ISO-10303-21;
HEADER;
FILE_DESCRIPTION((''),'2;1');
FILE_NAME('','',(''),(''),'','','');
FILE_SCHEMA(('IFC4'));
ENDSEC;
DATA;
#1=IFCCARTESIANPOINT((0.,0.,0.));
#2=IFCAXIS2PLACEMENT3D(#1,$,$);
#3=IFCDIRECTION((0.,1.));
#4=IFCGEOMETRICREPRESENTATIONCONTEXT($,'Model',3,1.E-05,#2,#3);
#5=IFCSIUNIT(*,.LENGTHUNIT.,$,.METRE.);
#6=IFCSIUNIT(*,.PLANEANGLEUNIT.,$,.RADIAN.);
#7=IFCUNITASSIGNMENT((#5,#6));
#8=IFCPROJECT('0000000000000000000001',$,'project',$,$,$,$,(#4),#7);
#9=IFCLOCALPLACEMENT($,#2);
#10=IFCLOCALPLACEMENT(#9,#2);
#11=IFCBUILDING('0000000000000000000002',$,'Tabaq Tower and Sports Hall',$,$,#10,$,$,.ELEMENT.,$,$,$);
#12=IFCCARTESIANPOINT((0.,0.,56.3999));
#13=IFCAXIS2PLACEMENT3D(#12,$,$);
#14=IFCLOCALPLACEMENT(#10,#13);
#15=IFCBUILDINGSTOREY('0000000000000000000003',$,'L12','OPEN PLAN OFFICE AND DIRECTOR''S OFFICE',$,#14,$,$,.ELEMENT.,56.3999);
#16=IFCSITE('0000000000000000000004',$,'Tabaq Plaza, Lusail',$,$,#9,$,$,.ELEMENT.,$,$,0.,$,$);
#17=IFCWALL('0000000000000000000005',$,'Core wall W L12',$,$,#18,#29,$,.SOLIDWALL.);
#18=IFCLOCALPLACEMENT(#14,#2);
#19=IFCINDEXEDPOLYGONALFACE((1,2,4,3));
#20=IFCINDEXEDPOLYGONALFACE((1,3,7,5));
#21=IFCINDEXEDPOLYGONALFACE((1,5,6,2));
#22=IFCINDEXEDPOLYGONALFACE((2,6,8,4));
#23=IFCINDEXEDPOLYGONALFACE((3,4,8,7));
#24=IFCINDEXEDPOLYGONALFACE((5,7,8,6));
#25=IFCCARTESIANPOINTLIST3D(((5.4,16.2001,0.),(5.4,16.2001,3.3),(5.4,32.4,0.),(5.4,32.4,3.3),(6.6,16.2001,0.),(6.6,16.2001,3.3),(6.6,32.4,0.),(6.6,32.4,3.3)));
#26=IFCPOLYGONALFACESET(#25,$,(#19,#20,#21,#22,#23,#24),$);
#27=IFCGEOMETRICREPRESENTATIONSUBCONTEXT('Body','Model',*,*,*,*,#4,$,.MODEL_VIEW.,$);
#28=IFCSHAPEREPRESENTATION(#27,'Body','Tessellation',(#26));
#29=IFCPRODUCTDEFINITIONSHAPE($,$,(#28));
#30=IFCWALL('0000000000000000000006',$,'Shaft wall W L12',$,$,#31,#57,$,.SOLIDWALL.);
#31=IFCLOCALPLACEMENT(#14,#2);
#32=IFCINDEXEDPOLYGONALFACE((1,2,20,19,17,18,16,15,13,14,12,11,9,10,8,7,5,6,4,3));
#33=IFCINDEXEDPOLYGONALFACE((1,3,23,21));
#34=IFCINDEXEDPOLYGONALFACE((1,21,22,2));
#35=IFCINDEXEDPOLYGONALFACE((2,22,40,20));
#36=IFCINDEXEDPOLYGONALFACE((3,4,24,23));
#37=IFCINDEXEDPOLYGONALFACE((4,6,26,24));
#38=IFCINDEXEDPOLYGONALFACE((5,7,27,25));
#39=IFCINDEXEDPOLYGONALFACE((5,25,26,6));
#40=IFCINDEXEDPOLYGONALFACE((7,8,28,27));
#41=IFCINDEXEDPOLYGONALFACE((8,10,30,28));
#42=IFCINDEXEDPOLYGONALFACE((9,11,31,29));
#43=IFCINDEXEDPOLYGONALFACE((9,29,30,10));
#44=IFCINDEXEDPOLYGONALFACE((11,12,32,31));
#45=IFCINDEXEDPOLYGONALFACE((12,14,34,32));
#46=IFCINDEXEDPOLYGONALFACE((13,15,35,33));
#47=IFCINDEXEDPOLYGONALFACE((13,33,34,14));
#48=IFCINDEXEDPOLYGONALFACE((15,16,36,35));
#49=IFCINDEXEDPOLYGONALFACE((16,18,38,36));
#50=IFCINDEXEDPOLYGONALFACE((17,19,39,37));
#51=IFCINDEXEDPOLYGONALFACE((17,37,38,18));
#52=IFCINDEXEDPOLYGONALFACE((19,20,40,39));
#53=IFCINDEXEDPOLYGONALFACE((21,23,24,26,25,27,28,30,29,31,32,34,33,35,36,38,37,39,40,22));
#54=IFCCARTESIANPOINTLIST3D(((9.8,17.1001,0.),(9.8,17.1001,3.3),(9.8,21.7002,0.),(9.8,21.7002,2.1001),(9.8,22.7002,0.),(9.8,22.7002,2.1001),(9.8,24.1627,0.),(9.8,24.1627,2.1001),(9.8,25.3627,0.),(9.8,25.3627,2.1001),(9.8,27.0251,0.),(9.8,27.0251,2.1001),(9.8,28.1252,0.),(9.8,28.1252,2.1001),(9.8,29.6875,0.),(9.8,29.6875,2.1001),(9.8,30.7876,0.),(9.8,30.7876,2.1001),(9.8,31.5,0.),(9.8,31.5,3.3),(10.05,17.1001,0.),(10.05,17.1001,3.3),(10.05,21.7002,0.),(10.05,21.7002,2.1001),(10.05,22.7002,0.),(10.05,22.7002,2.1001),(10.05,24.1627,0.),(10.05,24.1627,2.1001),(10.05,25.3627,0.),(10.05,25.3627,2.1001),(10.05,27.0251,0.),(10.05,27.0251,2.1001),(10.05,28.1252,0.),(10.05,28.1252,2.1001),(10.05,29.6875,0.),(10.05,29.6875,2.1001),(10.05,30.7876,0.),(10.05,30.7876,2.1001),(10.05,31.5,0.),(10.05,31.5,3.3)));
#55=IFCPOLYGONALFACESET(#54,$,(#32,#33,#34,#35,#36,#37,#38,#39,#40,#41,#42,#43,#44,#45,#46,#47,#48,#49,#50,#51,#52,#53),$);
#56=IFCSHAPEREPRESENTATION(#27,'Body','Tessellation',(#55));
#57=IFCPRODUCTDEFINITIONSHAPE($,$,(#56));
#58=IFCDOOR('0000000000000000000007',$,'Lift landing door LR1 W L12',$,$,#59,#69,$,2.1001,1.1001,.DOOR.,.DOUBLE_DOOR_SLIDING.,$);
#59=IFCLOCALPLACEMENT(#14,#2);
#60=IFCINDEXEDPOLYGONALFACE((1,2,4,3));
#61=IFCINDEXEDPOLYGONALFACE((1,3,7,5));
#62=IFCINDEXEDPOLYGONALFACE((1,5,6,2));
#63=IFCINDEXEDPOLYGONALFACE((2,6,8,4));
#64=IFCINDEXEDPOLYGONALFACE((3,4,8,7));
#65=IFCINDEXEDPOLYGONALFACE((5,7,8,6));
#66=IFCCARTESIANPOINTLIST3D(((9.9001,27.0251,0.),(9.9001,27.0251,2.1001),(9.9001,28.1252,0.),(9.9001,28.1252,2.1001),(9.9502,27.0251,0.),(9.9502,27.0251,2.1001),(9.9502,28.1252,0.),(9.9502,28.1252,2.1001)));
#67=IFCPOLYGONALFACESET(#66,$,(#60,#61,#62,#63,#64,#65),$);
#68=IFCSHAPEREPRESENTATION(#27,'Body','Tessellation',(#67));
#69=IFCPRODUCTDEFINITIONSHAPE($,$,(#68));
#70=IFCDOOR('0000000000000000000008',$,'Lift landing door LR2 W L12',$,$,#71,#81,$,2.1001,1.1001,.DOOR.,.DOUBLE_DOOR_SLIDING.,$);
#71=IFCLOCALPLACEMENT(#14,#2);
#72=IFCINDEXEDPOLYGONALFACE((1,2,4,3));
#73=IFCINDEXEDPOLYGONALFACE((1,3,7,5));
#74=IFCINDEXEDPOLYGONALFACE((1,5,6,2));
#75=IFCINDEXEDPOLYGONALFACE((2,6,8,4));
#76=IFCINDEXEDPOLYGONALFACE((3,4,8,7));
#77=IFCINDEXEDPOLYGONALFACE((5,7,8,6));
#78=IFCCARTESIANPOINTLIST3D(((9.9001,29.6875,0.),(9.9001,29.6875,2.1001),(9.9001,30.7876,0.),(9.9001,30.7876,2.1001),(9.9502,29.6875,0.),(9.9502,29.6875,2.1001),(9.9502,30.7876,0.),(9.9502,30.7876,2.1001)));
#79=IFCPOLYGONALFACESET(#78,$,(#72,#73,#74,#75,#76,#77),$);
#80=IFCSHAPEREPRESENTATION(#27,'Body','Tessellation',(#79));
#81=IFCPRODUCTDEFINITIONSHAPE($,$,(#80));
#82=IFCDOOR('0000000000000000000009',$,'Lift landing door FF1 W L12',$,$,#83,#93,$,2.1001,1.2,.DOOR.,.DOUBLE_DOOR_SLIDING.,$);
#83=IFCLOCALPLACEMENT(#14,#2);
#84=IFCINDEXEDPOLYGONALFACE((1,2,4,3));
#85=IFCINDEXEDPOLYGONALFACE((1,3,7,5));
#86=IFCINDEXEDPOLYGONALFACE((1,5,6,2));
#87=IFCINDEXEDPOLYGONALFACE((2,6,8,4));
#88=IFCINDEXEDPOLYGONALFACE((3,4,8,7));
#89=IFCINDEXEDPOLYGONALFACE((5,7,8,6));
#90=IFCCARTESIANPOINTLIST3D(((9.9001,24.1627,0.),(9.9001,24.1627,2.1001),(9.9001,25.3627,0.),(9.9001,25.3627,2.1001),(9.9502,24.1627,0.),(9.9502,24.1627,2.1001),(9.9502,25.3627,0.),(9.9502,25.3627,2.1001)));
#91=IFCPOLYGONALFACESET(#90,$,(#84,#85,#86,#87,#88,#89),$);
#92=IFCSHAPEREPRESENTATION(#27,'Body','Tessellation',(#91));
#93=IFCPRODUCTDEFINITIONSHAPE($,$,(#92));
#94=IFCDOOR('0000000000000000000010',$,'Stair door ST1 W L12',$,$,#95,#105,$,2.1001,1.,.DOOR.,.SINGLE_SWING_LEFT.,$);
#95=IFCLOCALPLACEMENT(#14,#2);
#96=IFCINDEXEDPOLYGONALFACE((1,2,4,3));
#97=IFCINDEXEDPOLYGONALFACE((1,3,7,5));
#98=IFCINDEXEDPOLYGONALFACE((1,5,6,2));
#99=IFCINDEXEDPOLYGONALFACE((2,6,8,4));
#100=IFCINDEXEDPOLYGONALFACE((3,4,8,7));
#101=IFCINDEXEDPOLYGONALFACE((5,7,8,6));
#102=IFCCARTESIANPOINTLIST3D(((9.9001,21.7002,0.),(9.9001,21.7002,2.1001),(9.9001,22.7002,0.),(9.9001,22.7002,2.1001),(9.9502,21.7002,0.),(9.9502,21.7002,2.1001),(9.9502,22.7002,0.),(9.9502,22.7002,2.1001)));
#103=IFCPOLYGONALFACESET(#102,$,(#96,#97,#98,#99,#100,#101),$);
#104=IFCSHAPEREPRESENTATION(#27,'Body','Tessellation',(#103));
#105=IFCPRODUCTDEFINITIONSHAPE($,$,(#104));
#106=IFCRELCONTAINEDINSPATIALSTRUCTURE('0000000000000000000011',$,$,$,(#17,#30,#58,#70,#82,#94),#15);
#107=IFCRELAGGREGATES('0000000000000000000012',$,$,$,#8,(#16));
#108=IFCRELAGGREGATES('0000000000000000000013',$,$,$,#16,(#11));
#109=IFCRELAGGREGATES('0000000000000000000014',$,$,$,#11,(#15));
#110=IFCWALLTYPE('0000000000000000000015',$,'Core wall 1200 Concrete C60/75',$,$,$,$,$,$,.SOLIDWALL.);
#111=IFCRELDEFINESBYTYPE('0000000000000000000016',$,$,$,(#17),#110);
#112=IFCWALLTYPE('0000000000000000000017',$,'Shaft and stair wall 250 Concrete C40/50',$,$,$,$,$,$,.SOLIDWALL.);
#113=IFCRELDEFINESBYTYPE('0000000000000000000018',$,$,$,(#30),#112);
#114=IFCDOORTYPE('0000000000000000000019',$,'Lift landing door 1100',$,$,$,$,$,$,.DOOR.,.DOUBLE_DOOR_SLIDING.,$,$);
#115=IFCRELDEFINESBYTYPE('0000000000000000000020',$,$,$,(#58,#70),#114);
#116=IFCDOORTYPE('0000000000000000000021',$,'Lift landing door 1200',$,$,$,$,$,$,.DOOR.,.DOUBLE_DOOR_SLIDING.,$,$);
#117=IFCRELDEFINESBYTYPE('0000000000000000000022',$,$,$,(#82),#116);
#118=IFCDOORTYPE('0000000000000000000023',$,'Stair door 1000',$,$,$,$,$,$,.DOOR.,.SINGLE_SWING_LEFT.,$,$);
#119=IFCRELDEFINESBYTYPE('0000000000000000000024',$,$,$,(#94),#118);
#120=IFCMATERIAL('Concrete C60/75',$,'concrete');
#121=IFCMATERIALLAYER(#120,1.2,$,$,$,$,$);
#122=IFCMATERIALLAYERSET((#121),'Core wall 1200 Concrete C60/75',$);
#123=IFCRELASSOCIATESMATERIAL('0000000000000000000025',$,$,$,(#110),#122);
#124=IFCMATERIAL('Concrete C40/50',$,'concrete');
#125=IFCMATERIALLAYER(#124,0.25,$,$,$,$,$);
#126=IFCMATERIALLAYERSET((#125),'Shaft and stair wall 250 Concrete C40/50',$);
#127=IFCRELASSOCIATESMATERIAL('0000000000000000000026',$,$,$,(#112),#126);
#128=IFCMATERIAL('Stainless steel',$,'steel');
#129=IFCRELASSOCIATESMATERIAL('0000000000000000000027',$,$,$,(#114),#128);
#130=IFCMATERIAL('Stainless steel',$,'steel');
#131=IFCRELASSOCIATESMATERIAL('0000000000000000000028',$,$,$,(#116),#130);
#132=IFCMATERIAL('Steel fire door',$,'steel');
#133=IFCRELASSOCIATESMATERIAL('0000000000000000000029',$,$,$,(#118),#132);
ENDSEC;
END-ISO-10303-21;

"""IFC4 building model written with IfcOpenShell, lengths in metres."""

from ifc_helpers import new_model, si_unit, direction, frame, frame_2d, origin, place, context, subcontext, project, spatial, rectangle, extrude, material, layer, layer_set, type_object, element, fill, save


model = new_model("IFC4")

# Units and contexts
model_context = context("Model", 3, precision=1e-05, world=origin(), true_north=direction((0.0, 1.0)))
body_context = subcontext(model_context, "Body", "Model", "MODEL_VIEW")
ifc_project = project(units=[si_unit("LENGTHUNIT", "METRE"), si_unit("PLANEANGLEUNIT", "RADIAN")], contexts=[model_context])

# Site, building, storey
site_placement = place(None, origin())
site = spatial("IfcSite", under=ifc_project, at=site_placement, Name="Tabaq Plaza, Lusail", CompositionType="ELEMENT", RefElevation=0.0)
building_placement = place(site_placement, origin())
building = spatial("IfcBuilding", under=site, at=building_placement, Name="Tabaq Tower and Sports Hall", CompositionType="ELEMENT")
storey_placement = place(building_placement, frame((0.0, 0.0, 56.3999)))
storey = spatial("IfcBuildingStorey", under=building, at=storey_placement, Name="L12", Description="OPEN PLAN OFFICE AND DIRECTOR'S OFFICE", CompositionType="ELEMENT", Elevation=56.3999)

# Wall
ifc_material_1 = material(Name="Concrete C60/75", Category="concrete")
ifc_layer_1 = layer(ifc_material_1, 1.2)
ifc_layer_set_1 = layer_set([ifc_layer_1], Name="Core wall 1200 Concrete C60/75")
wall_type_1 = type_object("IfcWallType", Name="Core wall 1200 Concrete C60/75", PredefinedType="SOLIDWALL", material=ifc_layer_set_1)
wall_1_placement = place(storey_placement, frame((6.0, 16.2, 0.0), z_axis=(0.0, 0.0, 1.0), x_axis=(0.0, 1.0, 0.0)))
element("IfcWall", 1, at=wall_1_placement, inside=storey, type_object=wall_type_1, Name="Core wall W L12", PredefinedType="SOLIDWALL", context=body_context, shape_type="SweptSolid", body=[
    extrude(rectangle(XDim=16.2, YDim=1.2, at=frame_2d((8.1001, 0.0))), origin(), (0.0, 0.0, 1.0), 3.3),
])

# Wall, openings, doors
ifc_material_2 = material(Name="Concrete C40/50", Category="concrete")
ifc_layer_2 = layer(ifc_material_2, 0.25)
ifc_layer_set_2 = layer_set([ifc_layer_2], Name="Shaft and stair wall 250 Concrete C40/50")
wall_type_2 = type_object("IfcWallType", Name="Shaft and stair wall 250 Concrete C40/50", PredefinedType="SOLIDWALL", material=ifc_layer_set_2)
wall_2_placement = place(storey_placement, frame((9.925, 17.1001, 0.0), z_axis=(0.0, 0.0, 1.0), x_axis=(0.0, 1.0, 0.0)))
wall_2 = element("IfcWall", 2, at=wall_2_placement, inside=storey, type_object=wall_type_2, Name="Shaft wall W L12", PredefinedType="SOLIDWALL", context=body_context, shape_type="SweptSolid", body=[
    extrude(rectangle(XDim=14.3999, YDim=0.25, at=frame_2d((7.2, 0.0))), origin(), (0.0, 0.0, 1.0), 3.3),
])
opening_1_placement = place(wall_2_placement, frame((4.6001, 0.0, 0.0)))
opening_1 = element("IfcOpeningElement", 3, at=opening_1_placement, cuts=wall_2, PredefinedType="OPENING", context=body_context, shape_type="SweptSolid", body=[
    extrude(rectangle(XDim=1.0, YDim=2.1001, at=frame_2d((0.5, 1.05))), frame((0.0, 0.125, 0.0), z_axis=(0.0, -1.0, 0.0), x_axis=(1.0, 0.0, 0.0)), (0.0, 0.0, 1.0), 0.25),
])
opening_2_placement = place(wall_2_placement, frame((7.0625, 0.0, 0.0)))
opening_2 = element("IfcOpeningElement", 4, at=opening_2_placement, cuts=wall_2, PredefinedType="OPENING", context=body_context, shape_type="SweptSolid", body=[
    extrude(rectangle(XDim=1.2, YDim=2.1001, at=frame_2d((0.6001, 1.05))), frame((0.0, 0.125, 0.0), z_axis=(0.0, -1.0, 0.0), x_axis=(1.0, 0.0, 0.0)), (0.0, 0.0, 1.0), 0.25),
])
opening_3_placement = place(wall_2_placement, frame((9.925, 0.0, 0.0)))
opening_3 = element("IfcOpeningElement", 5, at=opening_3_placement, cuts=wall_2, PredefinedType="OPENING", context=body_context, shape_type="SweptSolid", body=[
    extrude(rectangle(XDim=1.1001, YDim=2.1001, at=frame_2d((0.55, 1.05))), frame((0.0, 0.125, 0.0), z_axis=(0.0, -1.0, 0.0), x_axis=(1.0, 0.0, 0.0)), (0.0, 0.0, 1.0), 0.25),
])
opening_4_placement = place(wall_2_placement, frame((12.5874, 0.0, 0.0)))
opening_4 = element("IfcOpeningElement", 6, at=opening_4_placement, cuts=wall_2, PredefinedType="OPENING", context=body_context, shape_type="SweptSolid", body=[
    extrude(rectangle(XDim=1.1001, YDim=2.1001, at=frame_2d((0.55, 1.05))), frame((0.0, 0.125, 0.0), z_axis=(0.0, -1.0, 0.0), x_axis=(1.0, 0.0, 0.0)), (0.0, 0.0, 1.0), 0.25),
])
ifc_material_3 = material(Name="Stainless steel", Category="steel")
door_type_1 = type_object("IfcDoorType", Name="Lift landing door 1100", OperationType="DOUBLE_DOOR_SLIDING", PredefinedType="DOOR", material=ifc_material_3)
door_1_placement = place(opening_3_placement, origin())
door_1 = element("IfcDoor", 7, at=door_1_placement, inside=storey, type_object=door_type_1, Name="Lift landing door LR1 W L12", OperationType="DOUBLE_DOOR_SLIDING", OverallHeight=2.1001, OverallWidth=1.1001, PredefinedType="DOOR", context=body_context, shape_type="SweptSolid", body=[
    extrude(rectangle(XDim=1.1001, YDim=2.1001, at=frame_2d((0.55, 1.05))), frame((0.0, 0.0249, 0.0), z_axis=(0.0, -1.0, 0.0), x_axis=(1.0, 0.0, 0.0)), (0.0, 0.0, 1.0), 0.05),
])
fill(opening_3, door_1)
door_2_placement = place(opening_4_placement, origin())
door_2 = element("IfcDoor", 8, at=door_2_placement, inside=storey, type_object=door_type_1, Name="Lift landing door LR2 W L12", OperationType="DOUBLE_DOOR_SLIDING", OverallHeight=2.1001, OverallWidth=1.1001, PredefinedType="DOOR", context=body_context, shape_type="SweptSolid", body=[
    extrude(rectangle(XDim=1.1001, YDim=2.1001, at=frame_2d((0.55, 1.05))), frame((0.0, 0.0249, 0.0), z_axis=(0.0, -1.0, 0.0), x_axis=(1.0, 0.0, 0.0)), (0.0, 0.0, 1.0), 0.05),
])
fill(opening_4, door_2)
ifc_material_4 = material(Name="Stainless steel", Category="steel")
door_type_2 = type_object("IfcDoorType", Name="Lift landing door 1200", OperationType="DOUBLE_DOOR_SLIDING", PredefinedType="DOOR", material=ifc_material_4)
door_3_placement = place(opening_2_placement, origin())
door_3 = element("IfcDoor", 9, at=door_3_placement, inside=storey, type_object=door_type_2, Name="Lift landing door FF1 W L12", OperationType="DOUBLE_DOOR_SLIDING", OverallHeight=2.1001, OverallWidth=1.2, PredefinedType="DOOR", context=body_context, shape_type="SweptSolid", body=[
    extrude(rectangle(XDim=1.2, YDim=2.1001, at=frame_2d((0.6001, 1.05))), frame((0.0, 0.0249, 0.0), z_axis=(0.0, -1.0, 0.0), x_axis=(1.0, 0.0, 0.0)), (0.0, 0.0, 1.0), 0.05),
])
fill(opening_2, door_3)
ifc_material_5 = material(Name="Steel fire door", Category="steel")
door_type_3 = type_object("IfcDoorType", Name="Stair door 1000", OperationType="SINGLE_SWING_LEFT", PredefinedType="DOOR", material=ifc_material_5)
door_4_placement = place(opening_1_placement, origin())
door_4 = element("IfcDoor", 10, at=door_4_placement, inside=storey, type_object=door_type_3, Name="Stair door ST1 W L12", OperationType="SINGLE_SWING_LEFT", OverallHeight=2.1001, OverallWidth=1.0, PredefinedType="DOOR", context=body_context, shape_type="SweptSolid", body=[
    extrude(rectangle(XDim=1.0, YDim=2.1001, at=frame_2d((0.5, 1.05))), frame((0.0, 0.0249, 0.0), z_axis=(0.0, -1.0, 0.0), x_axis=(1.0, 0.0, 0.0)), (0.0, 0.0, 1.0), 0.05),
])
fill(opening_1, door_4)

save(model, "model.ifc")
